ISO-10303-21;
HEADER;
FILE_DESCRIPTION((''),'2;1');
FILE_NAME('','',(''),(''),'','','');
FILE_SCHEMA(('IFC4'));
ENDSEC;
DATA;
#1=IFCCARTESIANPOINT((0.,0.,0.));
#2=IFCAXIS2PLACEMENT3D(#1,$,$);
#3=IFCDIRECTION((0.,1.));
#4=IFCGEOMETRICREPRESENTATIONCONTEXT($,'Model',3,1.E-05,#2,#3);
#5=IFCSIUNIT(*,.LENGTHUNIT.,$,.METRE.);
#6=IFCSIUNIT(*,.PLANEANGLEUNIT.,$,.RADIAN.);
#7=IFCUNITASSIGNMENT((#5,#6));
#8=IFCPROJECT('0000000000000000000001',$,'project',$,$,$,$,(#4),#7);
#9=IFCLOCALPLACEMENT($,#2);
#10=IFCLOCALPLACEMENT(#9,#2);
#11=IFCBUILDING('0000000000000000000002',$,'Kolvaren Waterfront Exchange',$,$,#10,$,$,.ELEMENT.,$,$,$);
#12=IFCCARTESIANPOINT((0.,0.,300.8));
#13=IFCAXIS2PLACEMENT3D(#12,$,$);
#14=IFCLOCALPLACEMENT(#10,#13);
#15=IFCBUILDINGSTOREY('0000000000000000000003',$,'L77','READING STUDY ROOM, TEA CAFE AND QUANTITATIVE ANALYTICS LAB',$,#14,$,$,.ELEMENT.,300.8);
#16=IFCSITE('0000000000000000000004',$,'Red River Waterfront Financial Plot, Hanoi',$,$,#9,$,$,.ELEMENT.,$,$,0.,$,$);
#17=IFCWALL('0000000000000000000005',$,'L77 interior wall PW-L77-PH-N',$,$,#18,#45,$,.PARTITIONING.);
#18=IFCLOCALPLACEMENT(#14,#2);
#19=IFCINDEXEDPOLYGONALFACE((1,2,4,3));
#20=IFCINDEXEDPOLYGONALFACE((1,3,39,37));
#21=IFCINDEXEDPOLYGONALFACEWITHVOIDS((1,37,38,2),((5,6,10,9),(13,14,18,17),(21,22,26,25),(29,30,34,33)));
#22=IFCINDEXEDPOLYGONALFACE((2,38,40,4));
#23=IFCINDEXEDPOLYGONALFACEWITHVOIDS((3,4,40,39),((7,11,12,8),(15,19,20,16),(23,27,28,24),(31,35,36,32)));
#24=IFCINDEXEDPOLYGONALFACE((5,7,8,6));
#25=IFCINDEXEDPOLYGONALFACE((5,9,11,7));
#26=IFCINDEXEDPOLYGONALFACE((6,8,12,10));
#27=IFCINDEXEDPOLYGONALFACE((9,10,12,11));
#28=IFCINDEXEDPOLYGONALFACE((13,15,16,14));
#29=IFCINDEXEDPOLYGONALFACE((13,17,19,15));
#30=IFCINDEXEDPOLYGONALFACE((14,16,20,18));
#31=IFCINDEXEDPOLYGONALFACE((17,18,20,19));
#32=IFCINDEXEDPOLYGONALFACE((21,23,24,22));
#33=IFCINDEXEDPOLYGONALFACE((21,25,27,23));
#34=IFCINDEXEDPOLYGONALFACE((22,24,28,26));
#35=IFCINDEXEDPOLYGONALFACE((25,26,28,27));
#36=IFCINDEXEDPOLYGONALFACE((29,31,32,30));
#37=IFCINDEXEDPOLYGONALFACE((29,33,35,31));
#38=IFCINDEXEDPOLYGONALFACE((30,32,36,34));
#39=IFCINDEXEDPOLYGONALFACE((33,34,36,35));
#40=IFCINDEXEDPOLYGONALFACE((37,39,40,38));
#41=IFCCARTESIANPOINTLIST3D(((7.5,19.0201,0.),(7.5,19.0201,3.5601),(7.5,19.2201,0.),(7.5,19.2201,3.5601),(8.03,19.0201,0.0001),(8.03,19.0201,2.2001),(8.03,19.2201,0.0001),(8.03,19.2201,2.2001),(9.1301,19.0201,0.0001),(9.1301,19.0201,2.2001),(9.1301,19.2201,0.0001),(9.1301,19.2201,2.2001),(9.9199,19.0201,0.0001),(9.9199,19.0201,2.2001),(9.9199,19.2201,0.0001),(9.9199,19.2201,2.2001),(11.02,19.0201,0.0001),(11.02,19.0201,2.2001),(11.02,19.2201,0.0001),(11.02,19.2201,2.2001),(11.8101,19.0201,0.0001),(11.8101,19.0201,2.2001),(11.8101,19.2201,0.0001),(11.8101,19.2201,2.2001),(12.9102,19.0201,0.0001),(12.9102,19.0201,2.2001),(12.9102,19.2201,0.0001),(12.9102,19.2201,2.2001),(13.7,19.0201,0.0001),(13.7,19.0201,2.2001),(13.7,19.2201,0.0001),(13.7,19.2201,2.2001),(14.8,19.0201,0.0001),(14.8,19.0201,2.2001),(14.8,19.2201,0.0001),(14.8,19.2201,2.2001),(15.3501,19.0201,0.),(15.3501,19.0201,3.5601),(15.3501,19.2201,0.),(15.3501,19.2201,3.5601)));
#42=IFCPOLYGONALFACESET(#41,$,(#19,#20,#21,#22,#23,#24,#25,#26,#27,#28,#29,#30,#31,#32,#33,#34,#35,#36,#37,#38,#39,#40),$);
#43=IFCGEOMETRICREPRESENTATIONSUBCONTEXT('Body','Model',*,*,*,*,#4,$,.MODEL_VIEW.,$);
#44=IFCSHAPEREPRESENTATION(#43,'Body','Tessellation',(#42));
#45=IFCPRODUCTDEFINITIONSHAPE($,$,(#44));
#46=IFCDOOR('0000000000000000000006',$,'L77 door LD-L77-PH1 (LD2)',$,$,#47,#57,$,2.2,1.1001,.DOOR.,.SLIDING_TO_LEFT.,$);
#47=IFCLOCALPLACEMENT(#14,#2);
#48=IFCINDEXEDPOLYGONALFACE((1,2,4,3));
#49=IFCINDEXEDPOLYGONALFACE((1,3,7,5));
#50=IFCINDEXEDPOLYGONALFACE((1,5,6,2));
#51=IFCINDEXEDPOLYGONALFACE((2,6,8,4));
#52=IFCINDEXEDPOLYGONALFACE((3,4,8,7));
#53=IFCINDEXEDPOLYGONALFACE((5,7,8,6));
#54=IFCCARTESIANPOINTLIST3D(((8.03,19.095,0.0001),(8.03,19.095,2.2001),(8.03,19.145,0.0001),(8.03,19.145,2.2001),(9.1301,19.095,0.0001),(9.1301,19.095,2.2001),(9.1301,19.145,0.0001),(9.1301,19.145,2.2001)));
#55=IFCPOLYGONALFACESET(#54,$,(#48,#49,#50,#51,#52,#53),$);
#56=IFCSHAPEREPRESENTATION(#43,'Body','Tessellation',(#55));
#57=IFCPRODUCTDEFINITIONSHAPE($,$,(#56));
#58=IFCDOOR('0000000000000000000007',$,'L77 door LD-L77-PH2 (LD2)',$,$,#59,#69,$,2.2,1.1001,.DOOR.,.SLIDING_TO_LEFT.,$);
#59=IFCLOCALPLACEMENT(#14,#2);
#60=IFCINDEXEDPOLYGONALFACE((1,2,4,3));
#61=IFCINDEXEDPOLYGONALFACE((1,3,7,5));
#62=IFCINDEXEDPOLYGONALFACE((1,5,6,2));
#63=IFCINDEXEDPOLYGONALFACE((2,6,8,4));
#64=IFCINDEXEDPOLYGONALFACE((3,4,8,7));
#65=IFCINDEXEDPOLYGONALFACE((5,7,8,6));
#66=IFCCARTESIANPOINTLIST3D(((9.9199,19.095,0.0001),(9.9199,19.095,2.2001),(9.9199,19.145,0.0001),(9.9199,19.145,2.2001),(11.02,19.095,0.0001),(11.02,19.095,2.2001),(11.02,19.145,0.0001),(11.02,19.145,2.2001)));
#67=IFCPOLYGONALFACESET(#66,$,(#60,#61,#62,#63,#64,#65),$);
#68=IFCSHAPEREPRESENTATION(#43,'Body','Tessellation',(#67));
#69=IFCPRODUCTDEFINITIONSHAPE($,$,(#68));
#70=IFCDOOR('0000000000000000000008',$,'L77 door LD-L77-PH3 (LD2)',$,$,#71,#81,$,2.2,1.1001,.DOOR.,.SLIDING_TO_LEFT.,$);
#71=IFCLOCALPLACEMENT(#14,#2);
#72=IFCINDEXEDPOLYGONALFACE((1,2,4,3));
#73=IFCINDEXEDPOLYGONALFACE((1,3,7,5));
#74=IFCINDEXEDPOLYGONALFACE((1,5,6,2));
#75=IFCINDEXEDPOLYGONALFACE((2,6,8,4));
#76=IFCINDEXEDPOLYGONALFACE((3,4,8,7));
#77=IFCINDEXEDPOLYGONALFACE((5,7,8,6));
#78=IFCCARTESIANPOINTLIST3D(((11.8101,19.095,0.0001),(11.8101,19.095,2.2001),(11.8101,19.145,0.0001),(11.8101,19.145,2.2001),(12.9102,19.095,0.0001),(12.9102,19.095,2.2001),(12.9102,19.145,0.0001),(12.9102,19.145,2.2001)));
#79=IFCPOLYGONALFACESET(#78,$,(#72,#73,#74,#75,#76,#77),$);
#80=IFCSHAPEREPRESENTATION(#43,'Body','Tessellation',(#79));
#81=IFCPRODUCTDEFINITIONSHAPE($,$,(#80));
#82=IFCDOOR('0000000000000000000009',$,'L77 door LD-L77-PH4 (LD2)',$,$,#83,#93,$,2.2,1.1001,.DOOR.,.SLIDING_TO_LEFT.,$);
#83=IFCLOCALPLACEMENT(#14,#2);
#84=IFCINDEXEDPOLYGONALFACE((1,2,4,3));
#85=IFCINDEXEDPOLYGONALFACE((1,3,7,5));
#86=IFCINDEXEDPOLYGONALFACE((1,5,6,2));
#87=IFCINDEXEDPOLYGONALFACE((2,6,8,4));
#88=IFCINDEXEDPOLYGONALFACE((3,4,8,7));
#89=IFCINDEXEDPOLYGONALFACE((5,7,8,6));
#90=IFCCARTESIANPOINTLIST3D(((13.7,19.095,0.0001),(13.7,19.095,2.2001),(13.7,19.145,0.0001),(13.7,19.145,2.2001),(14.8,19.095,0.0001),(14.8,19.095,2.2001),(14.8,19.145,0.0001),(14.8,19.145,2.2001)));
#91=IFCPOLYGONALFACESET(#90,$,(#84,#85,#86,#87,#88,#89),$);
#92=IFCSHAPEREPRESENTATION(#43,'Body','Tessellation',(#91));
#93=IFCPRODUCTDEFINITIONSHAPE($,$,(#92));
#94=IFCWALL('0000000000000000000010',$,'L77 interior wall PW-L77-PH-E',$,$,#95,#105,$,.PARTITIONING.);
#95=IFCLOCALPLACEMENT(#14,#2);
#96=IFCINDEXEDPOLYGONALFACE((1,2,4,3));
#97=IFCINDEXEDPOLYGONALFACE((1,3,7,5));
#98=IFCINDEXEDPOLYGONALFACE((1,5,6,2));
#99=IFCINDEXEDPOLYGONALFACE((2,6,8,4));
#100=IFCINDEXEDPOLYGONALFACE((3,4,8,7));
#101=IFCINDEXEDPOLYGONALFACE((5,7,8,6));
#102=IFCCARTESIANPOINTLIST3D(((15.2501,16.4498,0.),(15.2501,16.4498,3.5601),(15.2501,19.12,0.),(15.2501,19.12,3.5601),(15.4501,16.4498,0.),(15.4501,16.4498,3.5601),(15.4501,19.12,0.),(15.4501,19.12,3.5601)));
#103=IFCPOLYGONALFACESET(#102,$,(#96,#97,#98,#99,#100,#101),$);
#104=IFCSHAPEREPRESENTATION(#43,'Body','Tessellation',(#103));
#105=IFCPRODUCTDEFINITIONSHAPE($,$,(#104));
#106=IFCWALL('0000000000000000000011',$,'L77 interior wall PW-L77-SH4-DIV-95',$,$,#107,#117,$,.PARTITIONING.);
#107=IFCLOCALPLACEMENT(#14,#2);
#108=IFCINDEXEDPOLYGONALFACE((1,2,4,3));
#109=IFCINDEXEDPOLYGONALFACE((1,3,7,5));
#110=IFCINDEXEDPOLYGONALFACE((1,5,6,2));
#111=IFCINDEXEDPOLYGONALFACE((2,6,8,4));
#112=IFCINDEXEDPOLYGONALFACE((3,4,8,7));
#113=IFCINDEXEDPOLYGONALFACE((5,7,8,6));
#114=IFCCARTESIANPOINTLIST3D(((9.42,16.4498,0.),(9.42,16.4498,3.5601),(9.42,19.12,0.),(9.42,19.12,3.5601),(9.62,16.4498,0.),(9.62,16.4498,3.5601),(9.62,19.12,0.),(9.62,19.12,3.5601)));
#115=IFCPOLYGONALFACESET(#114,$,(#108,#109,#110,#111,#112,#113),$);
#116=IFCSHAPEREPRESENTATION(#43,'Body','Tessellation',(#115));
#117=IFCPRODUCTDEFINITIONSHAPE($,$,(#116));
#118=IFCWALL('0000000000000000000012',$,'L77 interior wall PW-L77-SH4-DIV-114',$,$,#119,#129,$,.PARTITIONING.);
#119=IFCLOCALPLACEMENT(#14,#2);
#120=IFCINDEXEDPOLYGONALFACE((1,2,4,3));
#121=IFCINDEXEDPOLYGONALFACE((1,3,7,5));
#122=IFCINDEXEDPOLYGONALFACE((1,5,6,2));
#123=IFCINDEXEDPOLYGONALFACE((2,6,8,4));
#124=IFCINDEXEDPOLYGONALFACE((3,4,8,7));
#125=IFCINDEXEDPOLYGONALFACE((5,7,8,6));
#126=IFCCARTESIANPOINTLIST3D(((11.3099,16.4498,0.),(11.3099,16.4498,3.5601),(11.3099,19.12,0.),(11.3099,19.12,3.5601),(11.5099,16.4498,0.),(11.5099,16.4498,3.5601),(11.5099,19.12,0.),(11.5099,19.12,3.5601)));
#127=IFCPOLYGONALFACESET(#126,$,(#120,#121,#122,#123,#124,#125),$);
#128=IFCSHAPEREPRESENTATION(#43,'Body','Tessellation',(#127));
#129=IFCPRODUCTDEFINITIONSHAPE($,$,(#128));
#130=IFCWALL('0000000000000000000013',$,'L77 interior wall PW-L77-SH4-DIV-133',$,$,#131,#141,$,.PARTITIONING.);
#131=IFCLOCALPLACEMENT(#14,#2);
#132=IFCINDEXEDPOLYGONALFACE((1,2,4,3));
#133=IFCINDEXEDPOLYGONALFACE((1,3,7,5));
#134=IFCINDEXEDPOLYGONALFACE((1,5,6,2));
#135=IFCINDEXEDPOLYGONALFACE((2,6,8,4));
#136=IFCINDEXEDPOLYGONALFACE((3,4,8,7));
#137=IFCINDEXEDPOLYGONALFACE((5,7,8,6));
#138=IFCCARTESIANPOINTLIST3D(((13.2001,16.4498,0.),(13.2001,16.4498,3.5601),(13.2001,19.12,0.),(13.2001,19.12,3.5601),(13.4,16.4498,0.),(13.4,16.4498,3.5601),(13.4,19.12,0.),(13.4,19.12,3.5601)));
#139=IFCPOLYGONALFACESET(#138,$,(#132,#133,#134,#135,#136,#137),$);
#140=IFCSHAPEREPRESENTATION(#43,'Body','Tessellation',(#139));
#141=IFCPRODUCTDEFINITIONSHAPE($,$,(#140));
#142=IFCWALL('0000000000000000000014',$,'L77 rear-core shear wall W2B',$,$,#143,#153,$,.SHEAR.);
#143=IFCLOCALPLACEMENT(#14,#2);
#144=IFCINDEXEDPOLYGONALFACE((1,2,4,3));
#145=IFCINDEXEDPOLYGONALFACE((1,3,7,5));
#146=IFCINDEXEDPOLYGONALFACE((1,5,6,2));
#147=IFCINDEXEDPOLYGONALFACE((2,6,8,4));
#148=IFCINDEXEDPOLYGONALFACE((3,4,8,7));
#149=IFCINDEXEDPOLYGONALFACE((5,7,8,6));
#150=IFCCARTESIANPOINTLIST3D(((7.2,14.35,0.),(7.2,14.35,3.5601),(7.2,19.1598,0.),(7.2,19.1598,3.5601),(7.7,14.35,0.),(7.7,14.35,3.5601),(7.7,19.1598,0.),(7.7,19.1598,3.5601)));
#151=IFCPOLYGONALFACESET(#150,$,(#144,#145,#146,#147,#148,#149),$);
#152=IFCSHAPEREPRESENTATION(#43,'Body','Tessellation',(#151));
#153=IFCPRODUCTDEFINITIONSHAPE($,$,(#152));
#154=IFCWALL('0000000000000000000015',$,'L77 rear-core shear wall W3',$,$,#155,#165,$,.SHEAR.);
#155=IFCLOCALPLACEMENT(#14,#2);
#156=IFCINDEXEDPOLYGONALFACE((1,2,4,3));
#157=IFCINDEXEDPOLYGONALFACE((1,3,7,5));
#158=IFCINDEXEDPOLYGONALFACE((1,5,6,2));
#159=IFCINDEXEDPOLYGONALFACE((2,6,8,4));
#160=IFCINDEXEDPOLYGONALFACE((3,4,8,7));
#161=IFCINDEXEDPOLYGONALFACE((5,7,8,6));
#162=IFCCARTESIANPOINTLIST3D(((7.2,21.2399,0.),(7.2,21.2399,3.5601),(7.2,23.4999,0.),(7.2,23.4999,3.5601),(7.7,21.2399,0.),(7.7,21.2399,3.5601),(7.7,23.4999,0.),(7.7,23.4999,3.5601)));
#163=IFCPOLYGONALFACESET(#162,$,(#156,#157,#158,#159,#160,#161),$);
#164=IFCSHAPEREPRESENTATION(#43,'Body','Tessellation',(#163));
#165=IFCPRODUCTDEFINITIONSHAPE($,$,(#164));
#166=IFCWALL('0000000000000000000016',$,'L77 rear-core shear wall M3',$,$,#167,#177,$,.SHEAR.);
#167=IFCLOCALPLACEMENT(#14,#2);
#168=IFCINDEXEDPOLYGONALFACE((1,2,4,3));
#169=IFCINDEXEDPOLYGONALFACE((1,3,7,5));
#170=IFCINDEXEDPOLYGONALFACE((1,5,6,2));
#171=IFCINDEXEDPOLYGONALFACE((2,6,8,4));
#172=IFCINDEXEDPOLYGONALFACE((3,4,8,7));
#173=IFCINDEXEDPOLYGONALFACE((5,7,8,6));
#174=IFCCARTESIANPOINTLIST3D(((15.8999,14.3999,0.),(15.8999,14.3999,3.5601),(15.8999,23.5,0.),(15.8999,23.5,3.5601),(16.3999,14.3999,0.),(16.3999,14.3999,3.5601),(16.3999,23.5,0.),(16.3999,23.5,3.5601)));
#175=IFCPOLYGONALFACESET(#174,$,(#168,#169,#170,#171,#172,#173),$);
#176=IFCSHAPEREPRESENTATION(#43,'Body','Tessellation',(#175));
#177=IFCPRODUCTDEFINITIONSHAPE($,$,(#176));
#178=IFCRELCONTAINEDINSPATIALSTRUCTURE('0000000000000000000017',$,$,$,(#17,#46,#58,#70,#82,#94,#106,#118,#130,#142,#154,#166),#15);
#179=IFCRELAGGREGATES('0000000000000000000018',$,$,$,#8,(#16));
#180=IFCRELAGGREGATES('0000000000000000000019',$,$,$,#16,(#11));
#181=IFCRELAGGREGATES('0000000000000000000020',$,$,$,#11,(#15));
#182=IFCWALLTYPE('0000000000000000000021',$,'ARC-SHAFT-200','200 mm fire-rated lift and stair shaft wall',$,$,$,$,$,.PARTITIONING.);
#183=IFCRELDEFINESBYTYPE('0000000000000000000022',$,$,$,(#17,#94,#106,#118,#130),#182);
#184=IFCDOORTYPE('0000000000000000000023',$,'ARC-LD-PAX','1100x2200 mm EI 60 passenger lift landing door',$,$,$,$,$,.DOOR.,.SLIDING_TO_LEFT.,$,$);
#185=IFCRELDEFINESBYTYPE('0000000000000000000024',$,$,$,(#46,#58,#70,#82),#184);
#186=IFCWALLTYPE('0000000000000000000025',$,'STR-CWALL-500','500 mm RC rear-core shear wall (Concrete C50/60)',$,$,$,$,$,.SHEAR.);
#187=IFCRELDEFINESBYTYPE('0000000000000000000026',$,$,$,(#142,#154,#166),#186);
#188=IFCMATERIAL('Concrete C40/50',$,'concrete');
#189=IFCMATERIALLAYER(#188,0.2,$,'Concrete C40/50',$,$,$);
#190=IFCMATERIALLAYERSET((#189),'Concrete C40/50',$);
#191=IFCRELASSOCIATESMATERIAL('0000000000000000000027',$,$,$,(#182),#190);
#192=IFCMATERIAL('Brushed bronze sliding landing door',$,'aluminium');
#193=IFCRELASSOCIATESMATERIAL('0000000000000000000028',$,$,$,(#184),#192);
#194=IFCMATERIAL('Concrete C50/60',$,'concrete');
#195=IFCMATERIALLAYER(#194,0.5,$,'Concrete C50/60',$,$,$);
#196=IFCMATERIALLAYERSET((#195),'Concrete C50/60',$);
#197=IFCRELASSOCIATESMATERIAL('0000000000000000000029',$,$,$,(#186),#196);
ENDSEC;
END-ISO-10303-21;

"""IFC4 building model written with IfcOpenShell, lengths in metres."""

from ifc_helpers import new_model, si_unit, direction, frame, frame_2d, origin, place, context, subcontext, project, spatial, rectangle, extrude, material, layer, layer_set, type_object, element, fill, save


model = new_model("IFC4")

# Units and contexts
model_context = context("Model", 3, precision=1e-05, world=origin(), true_north=direction((0.0, 1.0)))
body_context = subcontext(model_context, "Body", "Model", "MODEL_VIEW")
ifc_project = project(units=[si_unit("LENGTHUNIT", "METRE"), si_unit("PLANEANGLEUNIT", "RADIAN")], contexts=[model_context])

# Site, building, storey
site_placement = place(None, origin())
site = spatial("IfcSite", under=ifc_project, at=site_placement, Name="Red River Waterfront Financial Plot, Hanoi", CompositionType="ELEMENT", RefElevation=0.0)
building_placement = place(site_placement, origin())
building = spatial("IfcBuilding", under=site, at=building_placement, Name="Kolvaren Waterfront Exchange", CompositionType="ELEMENT")
storey_placement = place(building_placement, frame((0.0, 0.0, 300.8)))
storey = spatial("IfcBuildingStorey", under=building, at=storey_placement, Name="L77", Description="READING STUDY ROOM, TEA CAFE AND QUANTITATIVE ANALYTICS LAB", CompositionType="ELEMENT", Elevation=300.8)

# Shared definitions
ifc_material_1 = material(Name="Concrete C40/50", Category="concrete")
ifc_layer_1 = layer(ifc_material_1, 0.2, Name="Concrete C40/50")
ifc_layer_set_1 = layer_set([ifc_layer_1], Name="Concrete C40/50")
wall_type_1 = type_object("IfcWallType", Name="ARC-SHAFT-200", Description="200 mm fire-rated lift and stair shaft wall", PredefinedType="PARTITIONING", material=ifc_layer_set_1)

# Wall, openings, doors
wall_1_placement = place(storey_placement, frame((7.5, 19.1201, 0.0), z_axis=(0.0, 0.0, 1.0), x_axis=(1.0, 0.0, 0.0)))
wall_1 = element("IfcWall", 1, at=wall_1_placement, inside=storey, type_object=wall_type_1, Name="L77 interior wall PW-L77-PH-N", PredefinedType="PARTITIONING", context=body_context, shape_type="SweptSolid", body=[
    extrude(rectangle(XDim=7.8501, YDim=0.2, at=frame_2d((3.925, 0.0))), origin(), (0.0, 0.0, 1.0), 3.5601),
])
opening_1_placement = place(wall_1_placement, frame((0.53, 0.0, 0.0)))
opening_1 = element("IfcOpeningElement", 2, at=opening_1_placement, cuts=wall_1, PredefinedType="OPENING", context=body_context, shape_type="SweptSolid", body=[
    extrude(rectangle(XDim=1.1001, YDim=2.2, at=frame_2d((0.55, 1.1001))), frame((0.0, 0.1099, 0.0), z_axis=(0.0, -1.0, 0.0), x_axis=(1.0, 0.0, 0.0)), (0.0, 0.0, 1.0), 0.22),
])
opening_2_placement = place(wall_1_placement, frame((2.4199, 0.0, 0.0)))
opening_2 = element("IfcOpeningElement", 3, at=opening_2_placement, cuts=wall_1, PredefinedType="OPENING", context=body_context, shape_type="SweptSolid", body=[
    extrude(rectangle(XDim=1.1001, YDim=2.2, at=frame_2d((0.55, 1.1001))), frame((0.0, 0.1099, 0.0), z_axis=(0.0, -1.0, 0.0), x_axis=(1.0, 0.0, 0.0)), (0.0, 0.0, 1.0), 0.22),
])
opening_3_placement = place(wall_1_placement, frame((4.3101, 0.0, 0.0)))
opening_3 = element("IfcOpeningElement", 4, at=opening_3_placement, cuts=wall_1, PredefinedType="OPENING", context=body_context, shape_type="SweptSolid", body=[
    extrude(rectangle(XDim=1.1001, YDim=2.2, at=frame_2d((0.55, 1.1001))), frame((0.0, 0.1099, 0.0), z_axis=(0.0, -1.0, 0.0), x_axis=(1.0, 0.0, 0.0)), (0.0, 0.0, 1.0), 0.22),
])
opening_4_placement = place(wall_1_placement, frame((6.2, 0.0, 0.0)))
opening_4 = element("IfcOpeningElement", 5, at=opening_4_placement, cuts=wall_1, PredefinedType="OPENING", context=body_context, shape_type="SweptSolid", body=[
    extrude(rectangle(XDim=1.1001, YDim=2.2, at=frame_2d((0.55, 1.1001))), frame((0.0, 0.1099, 0.0), z_axis=(0.0, -1.0, 0.0), x_axis=(1.0, 0.0, 0.0)), (0.0, 0.0, 1.0), 0.22),
])
ifc_material_2 = material(Name="Brushed bronze sliding landing door", Category="aluminium")
door_type_1 = type_object("IfcDoorType", Name="ARC-LD-PAX", Description="1100x2200 mm EI 60 passenger lift landing door", OperationType="SLIDING_TO_LEFT", PredefinedType="DOOR", material=ifc_material_2)
door_1_placement = place(opening_1_placement, origin())
door_1 = element("IfcDoor", 6, at=door_1_placement, inside=storey, type_object=door_type_1, Name="L77 door LD-L77-PH1 (LD2)", OperationType="SLIDING_TO_LEFT", OverallHeight=2.2, OverallWidth=1.1001, PredefinedType="DOOR", context=body_context, shape_type="SweptSolid", body=[
    extrude(rectangle(XDim=1.1001, YDim=2.2, at=frame_2d((0.55, 1.1001))), frame((0.0, 0.0249, 0.0), z_axis=(0.0, -1.0, 0.0), x_axis=(1.0, 0.0, 0.0)), (0.0, 0.0, 1.0), 0.05),
])
fill(opening_1, door_1)
door_2_placement = place(opening_2_placement, origin())
door_2 = element("IfcDoor", 7, at=door_2_placement, inside=storey, type_object=door_type_1, Name="L77 door LD-L77-PH2 (LD2)", OperationType="SLIDING_TO_LEFT", OverallHeight=2.2, OverallWidth=1.1001, PredefinedType="DOOR", context=body_context, shape_type="SweptSolid", body=[
    extrude(rectangle(XDim=1.1001, YDim=2.2, at=frame_2d((0.55, 1.1001))), frame((0.0, 0.0249, 0.0), z_axis=(0.0, -1.0, 0.0), x_axis=(1.0, 0.0, 0.0)), (0.0, 0.0, 1.0), 0.05),
])
fill(opening_2, door_2)
door_3_placement = place(opening_3_placement, origin())
door_3 = element("IfcDoor", 8, at=door_3_placement, inside=storey, type_object=door_type_1, Name="L77 door LD-L77-PH3 (LD2)", OperationType="SLIDING_TO_LEFT", OverallHeight=2.2, OverallWidth=1.1001, PredefinedType="DOOR", context=body_context, shape_type="SweptSolid", body=[
    extrude(rectangle(XDim=1.1001, YDim=2.2, at=frame_2d((0.55, 1.1001))), frame((0.0, 0.0249, 0.0), z_axis=(0.0, -1.0, 0.0), x_axis=(1.0, 0.0, 0.0)), (0.0, 0.0, 1.0), 0.05),
])
fill(opening_3, door_3)
door_4_placement = place(opening_4_placement, origin())
door_4 = element("IfcDoor", 9, at=door_4_placement, inside=storey, type_object=door_type_1, Name="L77 door LD-L77-PH4 (LD2)", OperationType="SLIDING_TO_LEFT", OverallHeight=2.2, OverallWidth=1.1001, PredefinedType="DOOR", context=body_context, shape_type="SweptSolid", body=[
    extrude(rectangle(XDim=1.1001, YDim=2.2, at=frame_2d((0.55, 1.1001))), frame((0.0, 0.0249, 0.0), z_axis=(0.0, -1.0, 0.0), x_axis=(1.0, 0.0, 0.0)), (0.0, 0.0, 1.0), 0.05),
])
fill(opening_4, door_4)

# Walls
for number, where, z_axis, x_axis, name in (
    (10, (15.3501, 16.45, 0.0), (0.0, 0.0, 1.0), (0.0, 1.0, 0.0), "L77 interior wall PW-L77-PH-E"),
    (11, (9.52, 16.45, 0.0), (0.0, 0.0, 1.0), (0.0, 1.0, 0.0), "L77 interior wall PW-L77-SH4-DIV-95"),
    (12, (11.4099, 16.45, 0.0), (0.0, 0.0, 1.0), (0.0, 1.0, 0.0), "L77 interior wall PW-L77-SH4-DIV-114"),
    (13, (13.3, 16.45, 0.0), (0.0, 0.0, 1.0), (0.0, 1.0, 0.0), "L77 interior wall PW-L77-SH4-DIV-133"),
):
    element("IfcWall", number, at=place(storey_placement, frame(where, z_axis=z_axis, x_axis=x_axis)), inside=storey, type_object=wall_type_1, Name=name, PredefinedType="PARTITIONING", context=body_context, shape_type="SweptSolid", body=[
        extrude(rectangle(XDim=2.6702, YDim=0.2, at=frame_2d((1.335, 0.0))), origin(), (0.0, 0.0, 1.0), 3.5601),
    ])
ifc_material_3 = material(Name="Concrete C50/60", Category="concrete")
ifc_layer_2 = layer(ifc_material_3, 0.5, Name="Concrete C50/60")
ifc_layer_set_2 = layer_set([ifc_layer_2], Name="Concrete C50/60")
wall_type_2 = type_object("IfcWallType", Name="STR-CWALL-500", Description="500 mm RC rear-core shear wall (Concrete C50/60)", PredefinedType="SHEAR", material=ifc_layer_set_2)
wall_2_placement = place(storey_placement, frame((7.45, 14.3501, 0.0), z_axis=(0.0, 0.0, 1.0), x_axis=(0.0, 1.0, 0.0)))
element("IfcWall", 14, at=wall_2_placement, inside=storey, type_object=wall_type_2, Name="L77 rear-core shear wall W2B", PredefinedType="SHEAR", context=body_context, shape_type="SweptSolid", body=[
    extrude(rectangle(XDim=4.8098, YDim=0.5, at=frame_2d((2.4048, 0.0))), origin(), (0.0, 0.0, 1.0), 3.5601),
])
wall_3_placement = place(storey_placement, frame((7.45, 21.24, 0.0), z_axis=(0.0, 0.0, 1.0), x_axis=(0.0, 1.0, 0.0)))
element("IfcWall", 15, at=wall_3_placement, inside=storey, type_object=wall_type_2, Name="L77 rear-core shear wall W3", PredefinedType="SHEAR", context=body_context, shape_type="SweptSolid", body=[
    extrude(rectangle(XDim=2.26, YDim=0.5, at=frame_2d((1.1299, 0.0))), origin(), (0.0, 0.0, 1.0), 3.5601),
])
wall_4_placement = place(storey_placement, frame((16.1499, 14.3999, 0.0), z_axis=(0.0, 0.0, 1.0), x_axis=(0.0, 1.0, 0.0)))
element("IfcWall", 16, at=wall_4_placement, inside=storey, type_object=wall_type_2, Name="L77 rear-core shear wall M3", PredefinedType="SHEAR", context=body_context, shape_type="SweptSolid", body=[
    extrude(rectangle(XDim=9.1001, YDim=0.5, at=frame_2d((4.55, 0.0))), origin(), (0.0, 0.0, 1.0), 3.5601),
])

save(model, "model.ifc")
